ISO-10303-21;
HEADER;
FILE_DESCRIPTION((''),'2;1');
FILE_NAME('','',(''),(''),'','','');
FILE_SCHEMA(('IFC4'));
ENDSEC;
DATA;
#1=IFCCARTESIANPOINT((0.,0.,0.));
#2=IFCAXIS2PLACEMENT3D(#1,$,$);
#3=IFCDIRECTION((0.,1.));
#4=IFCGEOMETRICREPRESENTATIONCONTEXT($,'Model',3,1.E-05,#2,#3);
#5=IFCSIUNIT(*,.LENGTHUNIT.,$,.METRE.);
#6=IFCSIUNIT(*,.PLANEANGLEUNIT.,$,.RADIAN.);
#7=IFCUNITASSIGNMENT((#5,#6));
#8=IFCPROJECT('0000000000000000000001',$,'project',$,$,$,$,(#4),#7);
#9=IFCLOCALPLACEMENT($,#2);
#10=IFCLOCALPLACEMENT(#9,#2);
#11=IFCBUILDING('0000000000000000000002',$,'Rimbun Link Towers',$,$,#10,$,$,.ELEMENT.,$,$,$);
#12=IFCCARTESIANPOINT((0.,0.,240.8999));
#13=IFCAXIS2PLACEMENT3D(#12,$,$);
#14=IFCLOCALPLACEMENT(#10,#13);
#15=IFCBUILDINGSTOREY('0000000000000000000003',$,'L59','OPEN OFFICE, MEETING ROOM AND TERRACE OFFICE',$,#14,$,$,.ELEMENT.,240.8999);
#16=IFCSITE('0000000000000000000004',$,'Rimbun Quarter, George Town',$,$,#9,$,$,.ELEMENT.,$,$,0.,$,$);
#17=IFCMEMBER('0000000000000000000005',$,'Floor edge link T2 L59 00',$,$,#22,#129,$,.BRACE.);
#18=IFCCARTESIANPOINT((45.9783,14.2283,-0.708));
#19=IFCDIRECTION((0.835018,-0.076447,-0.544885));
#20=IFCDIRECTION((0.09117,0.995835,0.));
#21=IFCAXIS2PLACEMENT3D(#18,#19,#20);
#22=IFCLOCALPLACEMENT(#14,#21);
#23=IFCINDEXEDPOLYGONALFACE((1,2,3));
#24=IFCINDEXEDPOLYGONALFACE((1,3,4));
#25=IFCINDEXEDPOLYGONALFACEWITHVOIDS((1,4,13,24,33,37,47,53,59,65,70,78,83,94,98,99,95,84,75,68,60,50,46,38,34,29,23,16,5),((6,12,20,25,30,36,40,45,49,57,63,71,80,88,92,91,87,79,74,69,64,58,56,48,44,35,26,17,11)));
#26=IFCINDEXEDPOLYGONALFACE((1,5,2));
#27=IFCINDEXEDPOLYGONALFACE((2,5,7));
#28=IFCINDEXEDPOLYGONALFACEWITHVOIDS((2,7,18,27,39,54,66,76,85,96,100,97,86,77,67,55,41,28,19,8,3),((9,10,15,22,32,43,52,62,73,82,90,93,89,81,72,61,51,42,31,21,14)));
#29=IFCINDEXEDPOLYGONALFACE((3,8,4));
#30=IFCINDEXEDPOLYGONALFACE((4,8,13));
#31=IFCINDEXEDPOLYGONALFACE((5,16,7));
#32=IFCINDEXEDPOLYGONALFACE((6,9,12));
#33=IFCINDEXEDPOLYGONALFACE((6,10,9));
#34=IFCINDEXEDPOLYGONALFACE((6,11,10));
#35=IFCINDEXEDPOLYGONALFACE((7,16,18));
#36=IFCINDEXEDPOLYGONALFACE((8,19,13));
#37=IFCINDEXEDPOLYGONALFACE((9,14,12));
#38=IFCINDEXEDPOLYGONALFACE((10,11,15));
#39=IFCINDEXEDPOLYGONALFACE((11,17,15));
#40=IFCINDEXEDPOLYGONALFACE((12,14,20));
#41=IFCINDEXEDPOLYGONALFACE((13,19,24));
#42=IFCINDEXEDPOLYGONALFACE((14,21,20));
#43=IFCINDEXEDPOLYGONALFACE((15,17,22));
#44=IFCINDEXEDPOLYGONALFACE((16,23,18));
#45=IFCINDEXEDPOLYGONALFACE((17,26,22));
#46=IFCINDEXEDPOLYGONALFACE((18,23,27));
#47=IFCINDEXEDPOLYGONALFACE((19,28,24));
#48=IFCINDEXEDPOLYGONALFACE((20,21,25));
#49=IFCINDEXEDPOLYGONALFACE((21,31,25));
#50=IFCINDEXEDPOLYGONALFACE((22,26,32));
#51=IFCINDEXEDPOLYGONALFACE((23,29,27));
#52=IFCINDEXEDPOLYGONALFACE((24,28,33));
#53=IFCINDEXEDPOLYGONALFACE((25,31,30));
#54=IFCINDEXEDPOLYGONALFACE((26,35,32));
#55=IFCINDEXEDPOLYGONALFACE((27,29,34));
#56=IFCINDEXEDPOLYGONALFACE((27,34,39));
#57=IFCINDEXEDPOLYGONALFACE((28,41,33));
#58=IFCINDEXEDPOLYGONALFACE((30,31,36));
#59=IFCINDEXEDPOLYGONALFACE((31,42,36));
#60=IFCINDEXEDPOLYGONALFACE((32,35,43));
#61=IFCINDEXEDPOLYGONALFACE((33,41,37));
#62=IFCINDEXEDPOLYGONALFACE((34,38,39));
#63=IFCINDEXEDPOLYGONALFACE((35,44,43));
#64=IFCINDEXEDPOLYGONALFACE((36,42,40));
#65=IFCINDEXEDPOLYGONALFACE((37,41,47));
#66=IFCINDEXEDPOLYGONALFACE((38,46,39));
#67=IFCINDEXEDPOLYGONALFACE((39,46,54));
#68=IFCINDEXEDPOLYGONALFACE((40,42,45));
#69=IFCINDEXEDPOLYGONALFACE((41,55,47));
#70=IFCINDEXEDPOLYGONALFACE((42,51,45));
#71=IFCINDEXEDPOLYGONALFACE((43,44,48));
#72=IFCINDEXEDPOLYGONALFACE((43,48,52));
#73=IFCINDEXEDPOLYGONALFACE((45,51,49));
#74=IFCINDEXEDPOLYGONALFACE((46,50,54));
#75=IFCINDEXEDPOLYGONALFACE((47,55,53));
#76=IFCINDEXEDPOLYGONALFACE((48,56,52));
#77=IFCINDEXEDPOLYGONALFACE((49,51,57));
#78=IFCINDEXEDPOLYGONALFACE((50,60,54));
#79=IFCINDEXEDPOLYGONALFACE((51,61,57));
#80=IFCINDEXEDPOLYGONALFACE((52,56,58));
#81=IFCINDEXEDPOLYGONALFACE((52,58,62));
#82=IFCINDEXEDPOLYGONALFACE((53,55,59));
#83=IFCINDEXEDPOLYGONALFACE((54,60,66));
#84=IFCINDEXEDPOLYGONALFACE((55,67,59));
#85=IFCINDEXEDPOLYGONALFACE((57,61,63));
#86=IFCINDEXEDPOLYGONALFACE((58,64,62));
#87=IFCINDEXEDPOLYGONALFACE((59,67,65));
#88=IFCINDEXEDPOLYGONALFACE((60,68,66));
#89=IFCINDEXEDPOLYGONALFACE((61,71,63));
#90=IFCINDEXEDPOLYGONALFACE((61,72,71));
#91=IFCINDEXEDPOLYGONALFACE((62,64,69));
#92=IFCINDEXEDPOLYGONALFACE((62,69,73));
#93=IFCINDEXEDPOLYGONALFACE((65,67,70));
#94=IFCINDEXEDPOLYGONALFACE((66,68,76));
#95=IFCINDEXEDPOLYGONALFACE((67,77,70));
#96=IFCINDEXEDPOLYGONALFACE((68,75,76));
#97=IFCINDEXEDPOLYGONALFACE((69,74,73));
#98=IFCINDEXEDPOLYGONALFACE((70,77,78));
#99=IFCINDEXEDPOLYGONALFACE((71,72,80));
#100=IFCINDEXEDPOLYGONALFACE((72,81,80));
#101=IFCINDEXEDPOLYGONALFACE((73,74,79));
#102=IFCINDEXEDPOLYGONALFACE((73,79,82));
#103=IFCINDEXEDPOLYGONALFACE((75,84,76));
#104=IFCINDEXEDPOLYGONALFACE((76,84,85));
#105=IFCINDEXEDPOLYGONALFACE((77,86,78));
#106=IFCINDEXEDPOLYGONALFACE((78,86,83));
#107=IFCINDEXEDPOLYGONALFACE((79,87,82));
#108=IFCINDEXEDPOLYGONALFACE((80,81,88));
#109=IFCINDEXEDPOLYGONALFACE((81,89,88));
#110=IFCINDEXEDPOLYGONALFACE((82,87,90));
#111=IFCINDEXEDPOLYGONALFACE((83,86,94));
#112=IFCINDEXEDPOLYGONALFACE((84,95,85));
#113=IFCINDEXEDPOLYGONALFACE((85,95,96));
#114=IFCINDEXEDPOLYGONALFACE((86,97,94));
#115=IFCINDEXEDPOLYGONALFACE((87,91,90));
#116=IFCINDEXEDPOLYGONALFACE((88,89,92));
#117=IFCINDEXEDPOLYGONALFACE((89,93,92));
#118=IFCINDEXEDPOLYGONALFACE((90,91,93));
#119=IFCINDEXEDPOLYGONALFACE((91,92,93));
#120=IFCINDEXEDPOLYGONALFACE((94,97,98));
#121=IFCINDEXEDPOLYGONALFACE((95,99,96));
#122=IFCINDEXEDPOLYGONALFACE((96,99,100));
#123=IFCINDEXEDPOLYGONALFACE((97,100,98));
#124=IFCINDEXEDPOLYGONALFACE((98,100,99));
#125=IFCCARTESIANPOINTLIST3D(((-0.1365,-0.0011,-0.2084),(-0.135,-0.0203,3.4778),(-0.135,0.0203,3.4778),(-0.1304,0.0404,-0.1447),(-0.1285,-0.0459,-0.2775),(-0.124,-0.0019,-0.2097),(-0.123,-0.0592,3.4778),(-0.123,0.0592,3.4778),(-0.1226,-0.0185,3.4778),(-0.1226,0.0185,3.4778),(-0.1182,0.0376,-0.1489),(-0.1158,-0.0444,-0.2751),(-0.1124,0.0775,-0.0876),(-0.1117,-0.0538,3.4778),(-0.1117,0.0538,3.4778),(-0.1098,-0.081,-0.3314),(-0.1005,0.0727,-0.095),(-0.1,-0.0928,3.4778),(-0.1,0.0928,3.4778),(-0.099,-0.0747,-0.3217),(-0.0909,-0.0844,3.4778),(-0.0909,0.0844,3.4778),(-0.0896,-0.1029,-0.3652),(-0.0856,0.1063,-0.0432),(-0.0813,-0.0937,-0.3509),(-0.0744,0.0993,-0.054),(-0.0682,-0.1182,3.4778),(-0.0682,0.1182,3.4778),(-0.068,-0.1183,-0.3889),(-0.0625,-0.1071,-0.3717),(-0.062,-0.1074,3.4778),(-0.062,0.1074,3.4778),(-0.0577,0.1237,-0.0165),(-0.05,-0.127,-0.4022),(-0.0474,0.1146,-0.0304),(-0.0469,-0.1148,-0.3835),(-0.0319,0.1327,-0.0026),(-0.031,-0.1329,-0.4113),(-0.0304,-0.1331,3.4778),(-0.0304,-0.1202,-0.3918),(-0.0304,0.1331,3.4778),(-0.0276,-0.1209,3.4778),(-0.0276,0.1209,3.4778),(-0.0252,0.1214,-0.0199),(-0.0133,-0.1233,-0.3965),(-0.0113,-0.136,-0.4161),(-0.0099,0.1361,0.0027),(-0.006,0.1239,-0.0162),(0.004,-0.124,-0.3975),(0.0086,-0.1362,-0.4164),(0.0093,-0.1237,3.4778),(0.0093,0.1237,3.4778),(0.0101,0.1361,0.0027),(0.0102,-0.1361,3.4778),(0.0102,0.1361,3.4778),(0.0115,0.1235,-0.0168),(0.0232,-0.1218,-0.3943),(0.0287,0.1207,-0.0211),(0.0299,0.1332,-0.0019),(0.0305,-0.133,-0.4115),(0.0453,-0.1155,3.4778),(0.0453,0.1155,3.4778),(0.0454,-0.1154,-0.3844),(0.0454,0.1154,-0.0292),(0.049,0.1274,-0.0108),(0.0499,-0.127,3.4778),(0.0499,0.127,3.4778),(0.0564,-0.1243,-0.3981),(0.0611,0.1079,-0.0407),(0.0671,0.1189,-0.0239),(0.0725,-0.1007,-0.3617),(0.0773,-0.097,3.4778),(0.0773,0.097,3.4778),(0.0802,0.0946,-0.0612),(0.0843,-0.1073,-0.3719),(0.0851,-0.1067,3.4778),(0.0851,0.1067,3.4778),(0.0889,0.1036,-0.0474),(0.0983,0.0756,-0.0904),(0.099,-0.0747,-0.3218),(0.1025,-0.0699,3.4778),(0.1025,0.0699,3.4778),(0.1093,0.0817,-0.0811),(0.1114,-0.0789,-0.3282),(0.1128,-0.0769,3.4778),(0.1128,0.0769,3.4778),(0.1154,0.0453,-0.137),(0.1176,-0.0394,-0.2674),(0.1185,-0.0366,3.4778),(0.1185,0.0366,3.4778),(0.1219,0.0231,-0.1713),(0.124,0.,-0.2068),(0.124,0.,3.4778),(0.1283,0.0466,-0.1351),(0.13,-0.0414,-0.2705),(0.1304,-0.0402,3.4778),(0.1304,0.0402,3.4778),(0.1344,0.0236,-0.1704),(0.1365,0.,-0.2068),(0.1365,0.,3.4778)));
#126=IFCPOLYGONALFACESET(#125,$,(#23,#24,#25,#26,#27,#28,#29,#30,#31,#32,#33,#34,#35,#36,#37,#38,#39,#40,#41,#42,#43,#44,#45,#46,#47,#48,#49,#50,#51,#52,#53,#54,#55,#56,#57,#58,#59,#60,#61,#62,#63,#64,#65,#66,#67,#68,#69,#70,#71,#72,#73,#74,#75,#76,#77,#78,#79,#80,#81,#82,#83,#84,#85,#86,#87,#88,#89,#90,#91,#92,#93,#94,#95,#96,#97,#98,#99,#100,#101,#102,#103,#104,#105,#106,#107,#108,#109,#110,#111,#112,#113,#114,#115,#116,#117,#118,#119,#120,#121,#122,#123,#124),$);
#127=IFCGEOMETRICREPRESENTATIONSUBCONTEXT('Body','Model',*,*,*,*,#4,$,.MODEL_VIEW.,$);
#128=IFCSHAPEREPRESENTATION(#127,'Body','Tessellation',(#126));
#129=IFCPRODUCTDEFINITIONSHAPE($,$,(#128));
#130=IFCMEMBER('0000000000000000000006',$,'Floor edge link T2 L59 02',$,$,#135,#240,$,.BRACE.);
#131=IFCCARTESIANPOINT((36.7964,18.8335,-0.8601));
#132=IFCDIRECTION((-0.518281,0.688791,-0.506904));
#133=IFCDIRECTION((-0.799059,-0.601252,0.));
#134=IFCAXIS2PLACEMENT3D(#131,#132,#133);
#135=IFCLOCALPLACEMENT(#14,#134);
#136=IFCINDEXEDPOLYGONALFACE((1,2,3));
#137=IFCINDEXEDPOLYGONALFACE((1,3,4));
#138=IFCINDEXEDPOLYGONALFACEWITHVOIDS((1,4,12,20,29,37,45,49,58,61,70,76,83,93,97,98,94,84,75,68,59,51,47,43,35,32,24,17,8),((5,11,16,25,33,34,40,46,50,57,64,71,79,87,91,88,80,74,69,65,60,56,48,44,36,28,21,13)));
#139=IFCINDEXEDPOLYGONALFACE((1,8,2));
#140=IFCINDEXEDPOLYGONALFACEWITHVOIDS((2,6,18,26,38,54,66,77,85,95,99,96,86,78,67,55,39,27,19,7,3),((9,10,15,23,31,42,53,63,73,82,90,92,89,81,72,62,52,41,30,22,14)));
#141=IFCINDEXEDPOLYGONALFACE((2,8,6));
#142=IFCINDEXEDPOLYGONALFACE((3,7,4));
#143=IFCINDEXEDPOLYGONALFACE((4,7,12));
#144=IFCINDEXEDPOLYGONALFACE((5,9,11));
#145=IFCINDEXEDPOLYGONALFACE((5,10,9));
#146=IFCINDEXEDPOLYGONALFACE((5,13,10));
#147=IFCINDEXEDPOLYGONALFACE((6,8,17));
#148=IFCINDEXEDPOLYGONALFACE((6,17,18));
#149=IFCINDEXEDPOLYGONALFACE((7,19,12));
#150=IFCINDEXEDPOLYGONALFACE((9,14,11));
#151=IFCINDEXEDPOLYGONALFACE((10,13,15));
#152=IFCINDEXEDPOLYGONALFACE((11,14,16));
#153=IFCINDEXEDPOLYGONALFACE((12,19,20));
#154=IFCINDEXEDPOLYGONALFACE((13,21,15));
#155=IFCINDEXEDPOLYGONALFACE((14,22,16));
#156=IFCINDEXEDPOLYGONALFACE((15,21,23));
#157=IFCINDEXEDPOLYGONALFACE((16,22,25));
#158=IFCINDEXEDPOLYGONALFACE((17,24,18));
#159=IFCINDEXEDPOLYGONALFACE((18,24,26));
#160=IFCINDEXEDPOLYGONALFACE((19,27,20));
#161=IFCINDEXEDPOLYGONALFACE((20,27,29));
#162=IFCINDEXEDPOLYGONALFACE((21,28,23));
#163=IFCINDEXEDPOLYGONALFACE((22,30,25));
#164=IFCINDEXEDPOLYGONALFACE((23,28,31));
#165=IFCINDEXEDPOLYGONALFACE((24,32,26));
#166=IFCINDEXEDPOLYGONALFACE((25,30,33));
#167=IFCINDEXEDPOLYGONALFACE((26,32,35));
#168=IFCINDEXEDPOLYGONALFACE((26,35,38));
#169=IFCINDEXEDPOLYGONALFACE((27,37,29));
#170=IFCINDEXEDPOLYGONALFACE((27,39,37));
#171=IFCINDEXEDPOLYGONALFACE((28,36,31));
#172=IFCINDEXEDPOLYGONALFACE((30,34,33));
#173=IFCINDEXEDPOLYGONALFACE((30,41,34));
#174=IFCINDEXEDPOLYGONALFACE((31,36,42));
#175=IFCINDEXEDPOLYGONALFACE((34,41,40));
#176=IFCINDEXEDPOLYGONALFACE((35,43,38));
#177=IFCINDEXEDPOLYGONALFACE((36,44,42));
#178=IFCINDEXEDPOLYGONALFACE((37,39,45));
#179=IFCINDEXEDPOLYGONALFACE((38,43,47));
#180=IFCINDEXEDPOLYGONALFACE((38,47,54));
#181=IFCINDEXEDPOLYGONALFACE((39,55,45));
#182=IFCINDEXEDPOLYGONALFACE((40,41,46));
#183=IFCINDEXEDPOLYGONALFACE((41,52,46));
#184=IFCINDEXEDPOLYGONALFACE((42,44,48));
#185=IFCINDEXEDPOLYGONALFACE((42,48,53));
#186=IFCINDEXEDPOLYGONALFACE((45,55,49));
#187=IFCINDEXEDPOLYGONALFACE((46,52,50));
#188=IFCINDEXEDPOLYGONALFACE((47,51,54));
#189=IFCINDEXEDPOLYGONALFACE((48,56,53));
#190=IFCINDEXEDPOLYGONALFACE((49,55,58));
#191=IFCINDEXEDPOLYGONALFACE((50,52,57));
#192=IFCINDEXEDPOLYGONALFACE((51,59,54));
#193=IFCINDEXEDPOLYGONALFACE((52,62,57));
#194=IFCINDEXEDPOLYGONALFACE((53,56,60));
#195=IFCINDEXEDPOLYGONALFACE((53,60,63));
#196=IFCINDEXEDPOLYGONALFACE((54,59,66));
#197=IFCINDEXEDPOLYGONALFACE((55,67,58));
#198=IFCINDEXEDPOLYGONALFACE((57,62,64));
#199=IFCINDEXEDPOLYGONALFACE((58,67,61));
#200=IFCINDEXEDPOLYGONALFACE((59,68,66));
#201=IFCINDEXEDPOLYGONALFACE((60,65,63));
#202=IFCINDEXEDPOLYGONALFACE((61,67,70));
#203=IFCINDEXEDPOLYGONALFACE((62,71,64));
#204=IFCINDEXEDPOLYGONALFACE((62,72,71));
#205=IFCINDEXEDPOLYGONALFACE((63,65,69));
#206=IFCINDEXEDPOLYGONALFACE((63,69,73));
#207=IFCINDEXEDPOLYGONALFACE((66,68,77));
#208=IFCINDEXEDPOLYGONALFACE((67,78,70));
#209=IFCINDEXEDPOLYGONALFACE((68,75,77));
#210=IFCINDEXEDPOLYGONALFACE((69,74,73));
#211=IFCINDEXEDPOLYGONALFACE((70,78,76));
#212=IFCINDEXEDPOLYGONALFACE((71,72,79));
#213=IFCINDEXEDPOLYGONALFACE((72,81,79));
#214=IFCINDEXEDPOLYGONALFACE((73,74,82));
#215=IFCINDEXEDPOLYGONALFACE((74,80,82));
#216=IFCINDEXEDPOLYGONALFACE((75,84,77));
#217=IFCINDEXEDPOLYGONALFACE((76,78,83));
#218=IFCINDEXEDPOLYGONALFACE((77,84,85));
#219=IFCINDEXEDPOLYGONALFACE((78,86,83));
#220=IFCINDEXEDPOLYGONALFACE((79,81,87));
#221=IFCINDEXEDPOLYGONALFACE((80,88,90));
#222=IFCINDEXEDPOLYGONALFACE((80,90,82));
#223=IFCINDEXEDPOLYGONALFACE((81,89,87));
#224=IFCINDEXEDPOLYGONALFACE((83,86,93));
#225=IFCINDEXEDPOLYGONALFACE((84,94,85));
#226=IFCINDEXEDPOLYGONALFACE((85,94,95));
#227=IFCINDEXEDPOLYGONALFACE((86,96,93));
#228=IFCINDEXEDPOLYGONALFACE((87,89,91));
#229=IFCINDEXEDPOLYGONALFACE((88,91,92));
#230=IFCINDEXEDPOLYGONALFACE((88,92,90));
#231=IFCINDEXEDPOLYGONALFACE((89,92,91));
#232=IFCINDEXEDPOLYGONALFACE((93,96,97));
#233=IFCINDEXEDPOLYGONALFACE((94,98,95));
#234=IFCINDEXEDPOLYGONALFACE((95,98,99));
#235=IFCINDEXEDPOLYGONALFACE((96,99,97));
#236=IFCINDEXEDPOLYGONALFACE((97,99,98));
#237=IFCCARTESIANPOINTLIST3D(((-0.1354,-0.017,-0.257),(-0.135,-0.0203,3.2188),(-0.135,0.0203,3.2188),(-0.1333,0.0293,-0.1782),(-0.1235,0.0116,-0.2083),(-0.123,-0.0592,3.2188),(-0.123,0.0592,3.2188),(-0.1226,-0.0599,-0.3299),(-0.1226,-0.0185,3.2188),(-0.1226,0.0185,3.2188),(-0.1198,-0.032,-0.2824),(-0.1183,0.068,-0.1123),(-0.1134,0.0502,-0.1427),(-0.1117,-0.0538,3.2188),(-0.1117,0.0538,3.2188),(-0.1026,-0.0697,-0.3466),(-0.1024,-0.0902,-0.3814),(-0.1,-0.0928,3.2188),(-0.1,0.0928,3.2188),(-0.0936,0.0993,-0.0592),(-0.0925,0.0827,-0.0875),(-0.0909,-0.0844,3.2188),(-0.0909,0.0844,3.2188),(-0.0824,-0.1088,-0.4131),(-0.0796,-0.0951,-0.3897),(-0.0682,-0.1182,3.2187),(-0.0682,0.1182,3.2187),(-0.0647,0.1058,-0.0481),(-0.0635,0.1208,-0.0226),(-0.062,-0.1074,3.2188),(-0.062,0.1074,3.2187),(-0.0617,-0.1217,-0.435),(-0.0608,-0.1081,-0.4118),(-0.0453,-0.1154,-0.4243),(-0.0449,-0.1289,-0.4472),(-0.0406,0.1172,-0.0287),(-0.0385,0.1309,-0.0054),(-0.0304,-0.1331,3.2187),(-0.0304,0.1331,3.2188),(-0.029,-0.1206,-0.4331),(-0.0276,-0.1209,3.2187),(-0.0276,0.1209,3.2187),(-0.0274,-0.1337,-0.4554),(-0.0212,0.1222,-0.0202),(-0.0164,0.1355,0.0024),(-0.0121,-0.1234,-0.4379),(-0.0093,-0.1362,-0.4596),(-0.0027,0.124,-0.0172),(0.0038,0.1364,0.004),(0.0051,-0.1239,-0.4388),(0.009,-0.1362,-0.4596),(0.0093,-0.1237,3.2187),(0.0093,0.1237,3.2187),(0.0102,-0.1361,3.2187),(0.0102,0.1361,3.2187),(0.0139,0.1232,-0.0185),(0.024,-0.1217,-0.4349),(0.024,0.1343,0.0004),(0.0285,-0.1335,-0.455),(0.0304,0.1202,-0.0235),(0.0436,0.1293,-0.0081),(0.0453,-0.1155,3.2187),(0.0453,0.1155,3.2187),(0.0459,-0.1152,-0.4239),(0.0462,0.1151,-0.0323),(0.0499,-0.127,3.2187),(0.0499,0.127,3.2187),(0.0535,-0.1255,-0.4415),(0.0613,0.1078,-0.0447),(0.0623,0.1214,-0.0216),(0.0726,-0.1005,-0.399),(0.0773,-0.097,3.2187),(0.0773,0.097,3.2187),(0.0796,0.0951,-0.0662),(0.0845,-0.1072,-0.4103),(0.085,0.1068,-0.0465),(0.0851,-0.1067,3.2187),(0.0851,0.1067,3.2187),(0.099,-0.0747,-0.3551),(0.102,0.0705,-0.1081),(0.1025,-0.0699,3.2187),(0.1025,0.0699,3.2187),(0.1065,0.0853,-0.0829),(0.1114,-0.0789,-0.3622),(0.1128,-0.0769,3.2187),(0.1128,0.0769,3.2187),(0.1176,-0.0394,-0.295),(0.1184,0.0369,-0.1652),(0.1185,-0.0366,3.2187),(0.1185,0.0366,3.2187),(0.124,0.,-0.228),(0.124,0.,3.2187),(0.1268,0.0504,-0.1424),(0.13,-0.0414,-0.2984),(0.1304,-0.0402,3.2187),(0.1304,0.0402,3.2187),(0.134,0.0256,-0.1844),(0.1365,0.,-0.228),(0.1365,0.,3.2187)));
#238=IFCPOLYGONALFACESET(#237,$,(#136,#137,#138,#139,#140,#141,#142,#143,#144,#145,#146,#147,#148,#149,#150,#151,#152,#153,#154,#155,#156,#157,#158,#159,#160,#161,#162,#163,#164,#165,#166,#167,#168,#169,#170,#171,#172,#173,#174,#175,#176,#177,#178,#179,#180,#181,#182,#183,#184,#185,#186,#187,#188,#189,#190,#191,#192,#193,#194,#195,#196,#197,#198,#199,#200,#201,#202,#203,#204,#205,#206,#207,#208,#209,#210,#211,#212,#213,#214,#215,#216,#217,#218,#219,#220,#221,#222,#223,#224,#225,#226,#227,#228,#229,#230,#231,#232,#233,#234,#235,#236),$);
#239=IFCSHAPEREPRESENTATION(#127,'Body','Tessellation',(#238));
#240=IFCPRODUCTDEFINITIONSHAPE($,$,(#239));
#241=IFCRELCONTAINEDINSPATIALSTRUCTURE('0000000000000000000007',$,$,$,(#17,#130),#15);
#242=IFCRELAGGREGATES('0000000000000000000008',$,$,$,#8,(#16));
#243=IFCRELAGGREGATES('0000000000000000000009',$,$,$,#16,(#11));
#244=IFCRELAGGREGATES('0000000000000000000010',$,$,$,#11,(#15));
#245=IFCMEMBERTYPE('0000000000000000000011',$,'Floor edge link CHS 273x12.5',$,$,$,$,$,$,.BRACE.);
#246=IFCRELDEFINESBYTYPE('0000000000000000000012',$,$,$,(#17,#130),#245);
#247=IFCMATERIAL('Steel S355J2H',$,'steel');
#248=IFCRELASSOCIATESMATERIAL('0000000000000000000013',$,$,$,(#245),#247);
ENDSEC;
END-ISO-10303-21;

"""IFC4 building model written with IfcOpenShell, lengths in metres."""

from ifc_helpers import new_model, si_unit, direction, frame, origin, origin_2d, place, context, subcontext, project, spatial, hollow_circle, extrude, clip, halfspace, material, material_profile, profile_set, type_object, element, save


model = new_model("IFC4")

# Units and contexts
model_context = context("Model", 3, precision=1e-05, world=origin(), true_north=direction((0.0, 1.0)))
body_context = subcontext(model_context, "Body", "Model", "MODEL_VIEW")
ifc_project = project(units=[si_unit("LENGTHUNIT", "METRE"), si_unit("PLANEANGLEUNIT", "RADIAN")], contexts=[model_context])

# Site, building, storey
site_placement = place(None, origin())
site = spatial("IfcSite", under=ifc_project, at=site_placement, Name="Rimbun Quarter, George Town", CompositionType="ELEMENT", RefElevation=0.0)
building_placement = place(site_placement, origin())
building = spatial("IfcBuilding", under=site, at=building_placement, Name="Rimbun Link Towers", CompositionType="ELEMENT")
storey_placement = place(building_placement, frame((0.0, 0.0, 240.8999)))
storey = spatial("IfcBuildingStorey", under=building, at=storey_placement, Name="L59", Description="OPEN OFFICE, MEETING ROOM AND TERRACE OFFICE", CompositionType="ELEMENT", Elevation=240.8999)

# Members
ifc_material_1 = material(Name="Steel S355J2H", Category="steel")
ifc_material_profile_1 = material_profile(ifc_material_1, hollow_circle(Radius=0.1365, WallThickness=0.0125, at=origin_2d()), Name="CHS 273x12.5")
ifc_profile_set_1 = profile_set([ifc_material_profile_1], Name="Steel S355J2H")
member_type_1 = type_object("IfcMemberType", Name="Floor edge link CHS 273x12.5", PredefinedType="BRACE", material=ifc_profile_set_1)
member_1_placement = place(storey_placement, frame((45.9783, 14.2283, -0.708), z_axis=(0.835018, -0.076447, -0.544885), x_axis=(0.09117, 0.995835, 0.0)))
element("IfcMember", 1, at=member_1_placement, inside=storey, type_object=member_type_1, Name="Floor edge link T2 L59 00", PredefinedType="BRACE", context=body_context, shape_type="Clipping", body=[
    clip(extrude(hollow_circle(Radius=0.1365, WallThickness=0.0125, at=origin_2d()), frame((0.0, 0.0, -0.4385)), (0.0, 0.0, 1.0), 3.9163), halfspace(frame((0.0, 0.0, -0.2068), z_axis=(0.0, 0.83851, -0.544885)), False)),
])
member_2_placement = place(storey_placement, frame((36.7964, 18.8335, -0.8601), z_axis=(-0.518281, 0.688791, -0.506904), x_axis=(-0.799059, -0.601252, 0.0)))
element("IfcMember", 2, at=member_2_placement, inside=storey, type_object=member_type_1, Name="Floor edge link T2 L59 02", PredefinedType="BRACE", context=body_context, shape_type="Clipping", body=[
    clip(extrude(hollow_circle(Radius=0.1365, WallThickness=0.0125, at=origin_2d()), frame((0.0, 0.0, -0.4839)), (0.0, 0.0, 1.0), 3.7026), halfspace(frame((0.0, 0.0, -0.228), z_axis=(0.0, 0.862003, -0.506904)), False)),
])

save(model, "model.ifc")
